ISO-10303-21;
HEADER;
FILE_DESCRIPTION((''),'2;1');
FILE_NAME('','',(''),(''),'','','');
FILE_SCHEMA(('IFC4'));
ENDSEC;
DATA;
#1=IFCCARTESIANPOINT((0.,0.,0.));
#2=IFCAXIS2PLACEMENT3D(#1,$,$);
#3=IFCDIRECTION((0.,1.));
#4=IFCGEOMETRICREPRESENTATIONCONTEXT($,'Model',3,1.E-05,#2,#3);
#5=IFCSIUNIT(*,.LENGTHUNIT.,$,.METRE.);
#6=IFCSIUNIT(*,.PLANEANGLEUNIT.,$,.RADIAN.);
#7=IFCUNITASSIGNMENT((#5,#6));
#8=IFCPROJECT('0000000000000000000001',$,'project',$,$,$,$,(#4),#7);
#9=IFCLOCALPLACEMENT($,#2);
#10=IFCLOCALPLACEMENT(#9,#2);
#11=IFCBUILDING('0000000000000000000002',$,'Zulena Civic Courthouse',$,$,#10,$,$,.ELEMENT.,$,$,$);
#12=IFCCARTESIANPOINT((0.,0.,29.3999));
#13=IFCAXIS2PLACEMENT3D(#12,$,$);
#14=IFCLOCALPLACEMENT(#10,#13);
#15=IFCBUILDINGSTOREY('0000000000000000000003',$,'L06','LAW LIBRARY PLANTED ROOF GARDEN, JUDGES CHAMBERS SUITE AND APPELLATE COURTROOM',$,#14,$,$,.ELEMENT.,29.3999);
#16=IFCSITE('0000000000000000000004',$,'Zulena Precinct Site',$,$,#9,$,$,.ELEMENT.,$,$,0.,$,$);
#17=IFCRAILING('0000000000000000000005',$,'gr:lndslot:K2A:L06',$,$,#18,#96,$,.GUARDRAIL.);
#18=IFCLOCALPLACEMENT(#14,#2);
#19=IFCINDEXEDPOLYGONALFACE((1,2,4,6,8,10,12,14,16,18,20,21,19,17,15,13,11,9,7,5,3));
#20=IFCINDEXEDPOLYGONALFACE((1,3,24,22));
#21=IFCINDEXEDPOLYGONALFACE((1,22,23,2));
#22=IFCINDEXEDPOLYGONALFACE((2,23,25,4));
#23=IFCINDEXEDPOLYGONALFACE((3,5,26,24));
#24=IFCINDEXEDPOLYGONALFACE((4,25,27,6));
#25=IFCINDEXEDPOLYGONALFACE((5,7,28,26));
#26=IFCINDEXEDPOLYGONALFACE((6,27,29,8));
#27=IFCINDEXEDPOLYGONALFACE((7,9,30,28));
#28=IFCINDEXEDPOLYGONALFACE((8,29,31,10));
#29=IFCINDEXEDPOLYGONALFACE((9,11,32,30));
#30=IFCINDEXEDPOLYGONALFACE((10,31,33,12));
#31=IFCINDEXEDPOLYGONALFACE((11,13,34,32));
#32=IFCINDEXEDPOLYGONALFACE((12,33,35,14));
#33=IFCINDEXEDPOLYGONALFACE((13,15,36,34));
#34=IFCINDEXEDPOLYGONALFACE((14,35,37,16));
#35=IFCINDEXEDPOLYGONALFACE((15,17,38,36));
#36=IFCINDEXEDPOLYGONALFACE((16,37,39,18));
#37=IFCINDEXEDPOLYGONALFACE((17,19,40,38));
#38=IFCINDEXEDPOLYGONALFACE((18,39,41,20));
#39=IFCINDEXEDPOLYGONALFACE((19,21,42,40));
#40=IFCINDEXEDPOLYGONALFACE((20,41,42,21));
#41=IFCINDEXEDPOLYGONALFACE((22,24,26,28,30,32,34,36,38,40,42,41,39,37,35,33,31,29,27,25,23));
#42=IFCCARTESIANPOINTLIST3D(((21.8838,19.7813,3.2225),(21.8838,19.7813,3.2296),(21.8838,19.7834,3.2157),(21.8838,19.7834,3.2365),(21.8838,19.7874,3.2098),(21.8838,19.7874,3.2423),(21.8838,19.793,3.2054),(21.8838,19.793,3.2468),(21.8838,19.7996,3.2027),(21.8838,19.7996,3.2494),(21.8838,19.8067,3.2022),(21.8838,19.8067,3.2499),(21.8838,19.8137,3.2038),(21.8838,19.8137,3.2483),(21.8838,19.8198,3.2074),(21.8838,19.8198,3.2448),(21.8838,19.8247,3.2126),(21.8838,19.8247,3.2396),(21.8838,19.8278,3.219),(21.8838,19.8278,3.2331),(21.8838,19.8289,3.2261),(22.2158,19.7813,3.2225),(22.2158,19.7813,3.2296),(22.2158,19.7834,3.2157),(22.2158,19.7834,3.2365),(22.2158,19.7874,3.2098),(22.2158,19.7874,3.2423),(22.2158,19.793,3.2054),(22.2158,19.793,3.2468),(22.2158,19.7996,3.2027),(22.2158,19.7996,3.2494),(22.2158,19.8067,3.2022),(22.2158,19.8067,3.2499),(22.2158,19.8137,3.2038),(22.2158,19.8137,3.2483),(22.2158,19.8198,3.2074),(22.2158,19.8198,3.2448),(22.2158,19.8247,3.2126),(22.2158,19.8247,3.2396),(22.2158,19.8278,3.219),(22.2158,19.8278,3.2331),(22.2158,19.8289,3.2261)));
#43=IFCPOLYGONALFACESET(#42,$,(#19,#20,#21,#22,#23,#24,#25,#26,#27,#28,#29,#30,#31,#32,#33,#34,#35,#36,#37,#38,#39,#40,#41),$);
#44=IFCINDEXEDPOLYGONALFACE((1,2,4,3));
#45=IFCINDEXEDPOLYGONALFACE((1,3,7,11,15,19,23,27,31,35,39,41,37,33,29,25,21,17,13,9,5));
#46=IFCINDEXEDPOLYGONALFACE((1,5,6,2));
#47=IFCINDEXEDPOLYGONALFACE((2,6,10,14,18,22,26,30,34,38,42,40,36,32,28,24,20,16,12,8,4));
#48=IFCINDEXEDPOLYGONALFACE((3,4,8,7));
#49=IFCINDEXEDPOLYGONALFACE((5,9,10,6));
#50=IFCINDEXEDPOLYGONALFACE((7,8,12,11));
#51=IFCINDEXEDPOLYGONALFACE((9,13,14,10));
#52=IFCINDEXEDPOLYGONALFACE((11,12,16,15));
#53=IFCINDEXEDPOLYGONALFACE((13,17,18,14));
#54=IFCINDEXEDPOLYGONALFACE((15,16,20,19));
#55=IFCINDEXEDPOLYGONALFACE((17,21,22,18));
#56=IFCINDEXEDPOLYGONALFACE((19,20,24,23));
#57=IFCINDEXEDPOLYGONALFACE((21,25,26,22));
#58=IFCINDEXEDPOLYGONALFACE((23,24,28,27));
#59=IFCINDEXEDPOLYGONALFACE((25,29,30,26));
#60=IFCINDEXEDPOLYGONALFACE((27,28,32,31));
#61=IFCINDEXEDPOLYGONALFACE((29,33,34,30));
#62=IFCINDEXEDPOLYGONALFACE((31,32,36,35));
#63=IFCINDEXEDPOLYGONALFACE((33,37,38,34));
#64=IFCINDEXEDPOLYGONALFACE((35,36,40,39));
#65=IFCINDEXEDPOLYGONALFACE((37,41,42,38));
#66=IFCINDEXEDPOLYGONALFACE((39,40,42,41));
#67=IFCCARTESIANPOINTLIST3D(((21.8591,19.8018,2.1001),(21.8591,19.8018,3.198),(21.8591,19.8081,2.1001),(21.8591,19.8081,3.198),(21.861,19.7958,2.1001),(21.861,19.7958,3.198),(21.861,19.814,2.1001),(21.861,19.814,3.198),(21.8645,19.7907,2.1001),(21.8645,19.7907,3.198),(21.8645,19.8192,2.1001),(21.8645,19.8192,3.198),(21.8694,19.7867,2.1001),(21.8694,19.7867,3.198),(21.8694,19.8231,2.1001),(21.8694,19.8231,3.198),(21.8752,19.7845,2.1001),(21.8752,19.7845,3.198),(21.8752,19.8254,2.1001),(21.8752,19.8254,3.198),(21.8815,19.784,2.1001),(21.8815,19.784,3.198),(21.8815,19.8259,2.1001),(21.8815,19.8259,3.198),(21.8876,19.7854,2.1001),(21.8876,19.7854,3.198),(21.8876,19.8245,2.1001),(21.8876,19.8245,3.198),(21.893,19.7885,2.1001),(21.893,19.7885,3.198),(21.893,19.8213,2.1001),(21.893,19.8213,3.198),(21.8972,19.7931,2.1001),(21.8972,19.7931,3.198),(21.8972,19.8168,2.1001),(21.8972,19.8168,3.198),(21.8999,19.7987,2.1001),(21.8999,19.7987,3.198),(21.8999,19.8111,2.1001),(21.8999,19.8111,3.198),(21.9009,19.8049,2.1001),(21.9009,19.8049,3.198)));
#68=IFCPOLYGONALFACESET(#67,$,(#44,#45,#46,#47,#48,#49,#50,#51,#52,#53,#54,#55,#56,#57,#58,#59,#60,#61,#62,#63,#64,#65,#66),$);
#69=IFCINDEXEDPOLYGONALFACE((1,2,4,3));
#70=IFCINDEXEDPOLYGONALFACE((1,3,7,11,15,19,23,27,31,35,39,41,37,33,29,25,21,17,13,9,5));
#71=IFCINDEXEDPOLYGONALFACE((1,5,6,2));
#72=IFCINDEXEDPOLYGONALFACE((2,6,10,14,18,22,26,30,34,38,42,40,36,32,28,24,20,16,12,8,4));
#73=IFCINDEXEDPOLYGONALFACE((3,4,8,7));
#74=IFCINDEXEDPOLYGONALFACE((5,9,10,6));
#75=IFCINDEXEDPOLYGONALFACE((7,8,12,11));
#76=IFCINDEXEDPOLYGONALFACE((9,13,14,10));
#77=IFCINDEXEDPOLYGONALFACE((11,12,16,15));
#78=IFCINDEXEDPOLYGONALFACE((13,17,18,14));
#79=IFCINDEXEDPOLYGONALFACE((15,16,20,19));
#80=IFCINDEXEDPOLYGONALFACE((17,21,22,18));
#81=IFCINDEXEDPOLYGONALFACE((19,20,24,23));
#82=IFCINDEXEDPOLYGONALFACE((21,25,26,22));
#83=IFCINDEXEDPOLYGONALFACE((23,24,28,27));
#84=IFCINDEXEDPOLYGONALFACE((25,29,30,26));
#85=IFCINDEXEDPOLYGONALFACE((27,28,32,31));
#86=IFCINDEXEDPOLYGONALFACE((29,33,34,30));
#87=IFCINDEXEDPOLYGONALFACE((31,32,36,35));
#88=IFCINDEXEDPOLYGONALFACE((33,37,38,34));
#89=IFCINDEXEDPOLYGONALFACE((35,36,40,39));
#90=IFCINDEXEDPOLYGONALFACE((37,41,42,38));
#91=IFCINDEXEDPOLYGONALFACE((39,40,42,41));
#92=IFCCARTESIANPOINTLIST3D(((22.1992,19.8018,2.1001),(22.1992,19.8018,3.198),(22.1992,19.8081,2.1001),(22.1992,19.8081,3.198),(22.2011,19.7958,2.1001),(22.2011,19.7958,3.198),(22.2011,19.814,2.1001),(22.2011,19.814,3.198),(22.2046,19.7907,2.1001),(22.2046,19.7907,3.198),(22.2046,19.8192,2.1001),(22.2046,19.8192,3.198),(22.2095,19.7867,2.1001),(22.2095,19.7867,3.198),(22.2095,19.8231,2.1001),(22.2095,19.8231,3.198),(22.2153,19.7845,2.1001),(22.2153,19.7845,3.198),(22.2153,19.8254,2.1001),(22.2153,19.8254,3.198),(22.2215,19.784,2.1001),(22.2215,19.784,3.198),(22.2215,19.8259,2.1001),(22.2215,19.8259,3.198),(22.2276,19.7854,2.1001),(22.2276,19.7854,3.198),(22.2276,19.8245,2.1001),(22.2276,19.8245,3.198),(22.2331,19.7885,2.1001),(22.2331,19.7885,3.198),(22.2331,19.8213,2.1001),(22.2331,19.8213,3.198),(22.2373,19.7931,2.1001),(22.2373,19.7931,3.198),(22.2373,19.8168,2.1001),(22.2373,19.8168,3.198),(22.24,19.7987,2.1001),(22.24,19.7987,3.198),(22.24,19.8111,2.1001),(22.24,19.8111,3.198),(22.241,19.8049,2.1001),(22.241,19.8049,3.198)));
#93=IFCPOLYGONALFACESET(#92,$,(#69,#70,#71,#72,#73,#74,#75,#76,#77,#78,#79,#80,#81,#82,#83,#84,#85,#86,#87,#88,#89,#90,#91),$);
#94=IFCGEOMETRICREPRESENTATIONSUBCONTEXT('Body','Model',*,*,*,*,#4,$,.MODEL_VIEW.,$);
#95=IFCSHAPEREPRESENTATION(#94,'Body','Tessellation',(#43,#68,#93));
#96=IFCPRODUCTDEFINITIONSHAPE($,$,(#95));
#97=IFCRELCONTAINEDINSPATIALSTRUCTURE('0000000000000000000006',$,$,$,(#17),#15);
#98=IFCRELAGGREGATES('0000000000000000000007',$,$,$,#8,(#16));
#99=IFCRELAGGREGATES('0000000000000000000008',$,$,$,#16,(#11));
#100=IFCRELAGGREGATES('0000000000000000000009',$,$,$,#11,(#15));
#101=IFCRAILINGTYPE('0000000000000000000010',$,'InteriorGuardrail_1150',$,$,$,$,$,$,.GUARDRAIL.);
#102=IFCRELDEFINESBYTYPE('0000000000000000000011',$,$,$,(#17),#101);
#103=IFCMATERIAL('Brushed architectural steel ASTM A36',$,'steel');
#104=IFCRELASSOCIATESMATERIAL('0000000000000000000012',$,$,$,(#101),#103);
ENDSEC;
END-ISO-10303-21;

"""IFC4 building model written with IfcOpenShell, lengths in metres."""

from ifc_helpers import new_model, si_unit, direction, frame, origin, origin_2d, place, context, subcontext, project, spatial, circle, extrude, material, type_object, element, save


model = new_model("IFC4")

# Units and contexts
model_context = context("Model", 3, precision=1e-05, world=origin(), true_north=direction((0.0, 1.0)))
body_context = subcontext(model_context, "Body", "Model", "MODEL_VIEW")
ifc_project = project(units=[si_unit("LENGTHUNIT", "METRE"), si_unit("PLANEANGLEUNIT", "RADIAN")], contexts=[model_context])

# Site, building, storey
site_placement = place(None, origin())
site = spatial("IfcSite", under=ifc_project, at=site_placement, Name="Zulena Precinct Site", CompositionType="ELEMENT", RefElevation=0.0)
building_placement = place(site_placement, origin())
building = spatial("IfcBuilding", under=site, at=building_placement, Name="Zulena Civic Courthouse", CompositionType="ELEMENT")
storey_placement = place(building_placement, frame((0.0, 0.0, 29.3999)))
storey = spatial("IfcBuildingStorey", under=building, at=storey_placement, Name="L06", Description="LAW LIBRARY PLANTED ROOF GARDEN, JUDGES CHAMBERS SUITE AND APPELLATE COURTROOM", CompositionType="ELEMENT", Elevation=29.3999)

# Railing
ifc_material_1 = material(Name="Brushed architectural steel ASTM A36", Category="steel")
railing_type_1 = type_object("IfcRailingType", Name="InteriorGuardrail_1150", PredefinedType="GUARDRAIL", material=ifc_material_1)
railing_1_placement = place(storey_placement, frame((21.8799, 19.8049, 2.1001)))
element("IfcRailing", 1, at=railing_1_placement, inside=storey, type_object=railing_type_1, Name="gr:lndslot:K2A:L06", PredefinedType="GUARDRAIL", context=body_context, shape_type="SweptSolid", body=[
    extrude(circle(Radius=0.0239, at=origin_2d()), frame((0.0039, 0.0, 1.126), z_axis=(1.0, 0.0, 0.0), x_axis=(0.0, 1.0, 0.0)), (0.0, 0.0, 1.0), 0.332),
    extrude(circle(Radius=0.021, at=origin_2d()), origin(), (0.0, 0.0, 1.0), 1.0979),
    extrude(circle(Radius=0.021, at=origin_2d()), frame((0.3401, 0.0, 0.0)), (0.0, 0.0, 1.0), 1.0979),
])

save(model, "model.ifc")
